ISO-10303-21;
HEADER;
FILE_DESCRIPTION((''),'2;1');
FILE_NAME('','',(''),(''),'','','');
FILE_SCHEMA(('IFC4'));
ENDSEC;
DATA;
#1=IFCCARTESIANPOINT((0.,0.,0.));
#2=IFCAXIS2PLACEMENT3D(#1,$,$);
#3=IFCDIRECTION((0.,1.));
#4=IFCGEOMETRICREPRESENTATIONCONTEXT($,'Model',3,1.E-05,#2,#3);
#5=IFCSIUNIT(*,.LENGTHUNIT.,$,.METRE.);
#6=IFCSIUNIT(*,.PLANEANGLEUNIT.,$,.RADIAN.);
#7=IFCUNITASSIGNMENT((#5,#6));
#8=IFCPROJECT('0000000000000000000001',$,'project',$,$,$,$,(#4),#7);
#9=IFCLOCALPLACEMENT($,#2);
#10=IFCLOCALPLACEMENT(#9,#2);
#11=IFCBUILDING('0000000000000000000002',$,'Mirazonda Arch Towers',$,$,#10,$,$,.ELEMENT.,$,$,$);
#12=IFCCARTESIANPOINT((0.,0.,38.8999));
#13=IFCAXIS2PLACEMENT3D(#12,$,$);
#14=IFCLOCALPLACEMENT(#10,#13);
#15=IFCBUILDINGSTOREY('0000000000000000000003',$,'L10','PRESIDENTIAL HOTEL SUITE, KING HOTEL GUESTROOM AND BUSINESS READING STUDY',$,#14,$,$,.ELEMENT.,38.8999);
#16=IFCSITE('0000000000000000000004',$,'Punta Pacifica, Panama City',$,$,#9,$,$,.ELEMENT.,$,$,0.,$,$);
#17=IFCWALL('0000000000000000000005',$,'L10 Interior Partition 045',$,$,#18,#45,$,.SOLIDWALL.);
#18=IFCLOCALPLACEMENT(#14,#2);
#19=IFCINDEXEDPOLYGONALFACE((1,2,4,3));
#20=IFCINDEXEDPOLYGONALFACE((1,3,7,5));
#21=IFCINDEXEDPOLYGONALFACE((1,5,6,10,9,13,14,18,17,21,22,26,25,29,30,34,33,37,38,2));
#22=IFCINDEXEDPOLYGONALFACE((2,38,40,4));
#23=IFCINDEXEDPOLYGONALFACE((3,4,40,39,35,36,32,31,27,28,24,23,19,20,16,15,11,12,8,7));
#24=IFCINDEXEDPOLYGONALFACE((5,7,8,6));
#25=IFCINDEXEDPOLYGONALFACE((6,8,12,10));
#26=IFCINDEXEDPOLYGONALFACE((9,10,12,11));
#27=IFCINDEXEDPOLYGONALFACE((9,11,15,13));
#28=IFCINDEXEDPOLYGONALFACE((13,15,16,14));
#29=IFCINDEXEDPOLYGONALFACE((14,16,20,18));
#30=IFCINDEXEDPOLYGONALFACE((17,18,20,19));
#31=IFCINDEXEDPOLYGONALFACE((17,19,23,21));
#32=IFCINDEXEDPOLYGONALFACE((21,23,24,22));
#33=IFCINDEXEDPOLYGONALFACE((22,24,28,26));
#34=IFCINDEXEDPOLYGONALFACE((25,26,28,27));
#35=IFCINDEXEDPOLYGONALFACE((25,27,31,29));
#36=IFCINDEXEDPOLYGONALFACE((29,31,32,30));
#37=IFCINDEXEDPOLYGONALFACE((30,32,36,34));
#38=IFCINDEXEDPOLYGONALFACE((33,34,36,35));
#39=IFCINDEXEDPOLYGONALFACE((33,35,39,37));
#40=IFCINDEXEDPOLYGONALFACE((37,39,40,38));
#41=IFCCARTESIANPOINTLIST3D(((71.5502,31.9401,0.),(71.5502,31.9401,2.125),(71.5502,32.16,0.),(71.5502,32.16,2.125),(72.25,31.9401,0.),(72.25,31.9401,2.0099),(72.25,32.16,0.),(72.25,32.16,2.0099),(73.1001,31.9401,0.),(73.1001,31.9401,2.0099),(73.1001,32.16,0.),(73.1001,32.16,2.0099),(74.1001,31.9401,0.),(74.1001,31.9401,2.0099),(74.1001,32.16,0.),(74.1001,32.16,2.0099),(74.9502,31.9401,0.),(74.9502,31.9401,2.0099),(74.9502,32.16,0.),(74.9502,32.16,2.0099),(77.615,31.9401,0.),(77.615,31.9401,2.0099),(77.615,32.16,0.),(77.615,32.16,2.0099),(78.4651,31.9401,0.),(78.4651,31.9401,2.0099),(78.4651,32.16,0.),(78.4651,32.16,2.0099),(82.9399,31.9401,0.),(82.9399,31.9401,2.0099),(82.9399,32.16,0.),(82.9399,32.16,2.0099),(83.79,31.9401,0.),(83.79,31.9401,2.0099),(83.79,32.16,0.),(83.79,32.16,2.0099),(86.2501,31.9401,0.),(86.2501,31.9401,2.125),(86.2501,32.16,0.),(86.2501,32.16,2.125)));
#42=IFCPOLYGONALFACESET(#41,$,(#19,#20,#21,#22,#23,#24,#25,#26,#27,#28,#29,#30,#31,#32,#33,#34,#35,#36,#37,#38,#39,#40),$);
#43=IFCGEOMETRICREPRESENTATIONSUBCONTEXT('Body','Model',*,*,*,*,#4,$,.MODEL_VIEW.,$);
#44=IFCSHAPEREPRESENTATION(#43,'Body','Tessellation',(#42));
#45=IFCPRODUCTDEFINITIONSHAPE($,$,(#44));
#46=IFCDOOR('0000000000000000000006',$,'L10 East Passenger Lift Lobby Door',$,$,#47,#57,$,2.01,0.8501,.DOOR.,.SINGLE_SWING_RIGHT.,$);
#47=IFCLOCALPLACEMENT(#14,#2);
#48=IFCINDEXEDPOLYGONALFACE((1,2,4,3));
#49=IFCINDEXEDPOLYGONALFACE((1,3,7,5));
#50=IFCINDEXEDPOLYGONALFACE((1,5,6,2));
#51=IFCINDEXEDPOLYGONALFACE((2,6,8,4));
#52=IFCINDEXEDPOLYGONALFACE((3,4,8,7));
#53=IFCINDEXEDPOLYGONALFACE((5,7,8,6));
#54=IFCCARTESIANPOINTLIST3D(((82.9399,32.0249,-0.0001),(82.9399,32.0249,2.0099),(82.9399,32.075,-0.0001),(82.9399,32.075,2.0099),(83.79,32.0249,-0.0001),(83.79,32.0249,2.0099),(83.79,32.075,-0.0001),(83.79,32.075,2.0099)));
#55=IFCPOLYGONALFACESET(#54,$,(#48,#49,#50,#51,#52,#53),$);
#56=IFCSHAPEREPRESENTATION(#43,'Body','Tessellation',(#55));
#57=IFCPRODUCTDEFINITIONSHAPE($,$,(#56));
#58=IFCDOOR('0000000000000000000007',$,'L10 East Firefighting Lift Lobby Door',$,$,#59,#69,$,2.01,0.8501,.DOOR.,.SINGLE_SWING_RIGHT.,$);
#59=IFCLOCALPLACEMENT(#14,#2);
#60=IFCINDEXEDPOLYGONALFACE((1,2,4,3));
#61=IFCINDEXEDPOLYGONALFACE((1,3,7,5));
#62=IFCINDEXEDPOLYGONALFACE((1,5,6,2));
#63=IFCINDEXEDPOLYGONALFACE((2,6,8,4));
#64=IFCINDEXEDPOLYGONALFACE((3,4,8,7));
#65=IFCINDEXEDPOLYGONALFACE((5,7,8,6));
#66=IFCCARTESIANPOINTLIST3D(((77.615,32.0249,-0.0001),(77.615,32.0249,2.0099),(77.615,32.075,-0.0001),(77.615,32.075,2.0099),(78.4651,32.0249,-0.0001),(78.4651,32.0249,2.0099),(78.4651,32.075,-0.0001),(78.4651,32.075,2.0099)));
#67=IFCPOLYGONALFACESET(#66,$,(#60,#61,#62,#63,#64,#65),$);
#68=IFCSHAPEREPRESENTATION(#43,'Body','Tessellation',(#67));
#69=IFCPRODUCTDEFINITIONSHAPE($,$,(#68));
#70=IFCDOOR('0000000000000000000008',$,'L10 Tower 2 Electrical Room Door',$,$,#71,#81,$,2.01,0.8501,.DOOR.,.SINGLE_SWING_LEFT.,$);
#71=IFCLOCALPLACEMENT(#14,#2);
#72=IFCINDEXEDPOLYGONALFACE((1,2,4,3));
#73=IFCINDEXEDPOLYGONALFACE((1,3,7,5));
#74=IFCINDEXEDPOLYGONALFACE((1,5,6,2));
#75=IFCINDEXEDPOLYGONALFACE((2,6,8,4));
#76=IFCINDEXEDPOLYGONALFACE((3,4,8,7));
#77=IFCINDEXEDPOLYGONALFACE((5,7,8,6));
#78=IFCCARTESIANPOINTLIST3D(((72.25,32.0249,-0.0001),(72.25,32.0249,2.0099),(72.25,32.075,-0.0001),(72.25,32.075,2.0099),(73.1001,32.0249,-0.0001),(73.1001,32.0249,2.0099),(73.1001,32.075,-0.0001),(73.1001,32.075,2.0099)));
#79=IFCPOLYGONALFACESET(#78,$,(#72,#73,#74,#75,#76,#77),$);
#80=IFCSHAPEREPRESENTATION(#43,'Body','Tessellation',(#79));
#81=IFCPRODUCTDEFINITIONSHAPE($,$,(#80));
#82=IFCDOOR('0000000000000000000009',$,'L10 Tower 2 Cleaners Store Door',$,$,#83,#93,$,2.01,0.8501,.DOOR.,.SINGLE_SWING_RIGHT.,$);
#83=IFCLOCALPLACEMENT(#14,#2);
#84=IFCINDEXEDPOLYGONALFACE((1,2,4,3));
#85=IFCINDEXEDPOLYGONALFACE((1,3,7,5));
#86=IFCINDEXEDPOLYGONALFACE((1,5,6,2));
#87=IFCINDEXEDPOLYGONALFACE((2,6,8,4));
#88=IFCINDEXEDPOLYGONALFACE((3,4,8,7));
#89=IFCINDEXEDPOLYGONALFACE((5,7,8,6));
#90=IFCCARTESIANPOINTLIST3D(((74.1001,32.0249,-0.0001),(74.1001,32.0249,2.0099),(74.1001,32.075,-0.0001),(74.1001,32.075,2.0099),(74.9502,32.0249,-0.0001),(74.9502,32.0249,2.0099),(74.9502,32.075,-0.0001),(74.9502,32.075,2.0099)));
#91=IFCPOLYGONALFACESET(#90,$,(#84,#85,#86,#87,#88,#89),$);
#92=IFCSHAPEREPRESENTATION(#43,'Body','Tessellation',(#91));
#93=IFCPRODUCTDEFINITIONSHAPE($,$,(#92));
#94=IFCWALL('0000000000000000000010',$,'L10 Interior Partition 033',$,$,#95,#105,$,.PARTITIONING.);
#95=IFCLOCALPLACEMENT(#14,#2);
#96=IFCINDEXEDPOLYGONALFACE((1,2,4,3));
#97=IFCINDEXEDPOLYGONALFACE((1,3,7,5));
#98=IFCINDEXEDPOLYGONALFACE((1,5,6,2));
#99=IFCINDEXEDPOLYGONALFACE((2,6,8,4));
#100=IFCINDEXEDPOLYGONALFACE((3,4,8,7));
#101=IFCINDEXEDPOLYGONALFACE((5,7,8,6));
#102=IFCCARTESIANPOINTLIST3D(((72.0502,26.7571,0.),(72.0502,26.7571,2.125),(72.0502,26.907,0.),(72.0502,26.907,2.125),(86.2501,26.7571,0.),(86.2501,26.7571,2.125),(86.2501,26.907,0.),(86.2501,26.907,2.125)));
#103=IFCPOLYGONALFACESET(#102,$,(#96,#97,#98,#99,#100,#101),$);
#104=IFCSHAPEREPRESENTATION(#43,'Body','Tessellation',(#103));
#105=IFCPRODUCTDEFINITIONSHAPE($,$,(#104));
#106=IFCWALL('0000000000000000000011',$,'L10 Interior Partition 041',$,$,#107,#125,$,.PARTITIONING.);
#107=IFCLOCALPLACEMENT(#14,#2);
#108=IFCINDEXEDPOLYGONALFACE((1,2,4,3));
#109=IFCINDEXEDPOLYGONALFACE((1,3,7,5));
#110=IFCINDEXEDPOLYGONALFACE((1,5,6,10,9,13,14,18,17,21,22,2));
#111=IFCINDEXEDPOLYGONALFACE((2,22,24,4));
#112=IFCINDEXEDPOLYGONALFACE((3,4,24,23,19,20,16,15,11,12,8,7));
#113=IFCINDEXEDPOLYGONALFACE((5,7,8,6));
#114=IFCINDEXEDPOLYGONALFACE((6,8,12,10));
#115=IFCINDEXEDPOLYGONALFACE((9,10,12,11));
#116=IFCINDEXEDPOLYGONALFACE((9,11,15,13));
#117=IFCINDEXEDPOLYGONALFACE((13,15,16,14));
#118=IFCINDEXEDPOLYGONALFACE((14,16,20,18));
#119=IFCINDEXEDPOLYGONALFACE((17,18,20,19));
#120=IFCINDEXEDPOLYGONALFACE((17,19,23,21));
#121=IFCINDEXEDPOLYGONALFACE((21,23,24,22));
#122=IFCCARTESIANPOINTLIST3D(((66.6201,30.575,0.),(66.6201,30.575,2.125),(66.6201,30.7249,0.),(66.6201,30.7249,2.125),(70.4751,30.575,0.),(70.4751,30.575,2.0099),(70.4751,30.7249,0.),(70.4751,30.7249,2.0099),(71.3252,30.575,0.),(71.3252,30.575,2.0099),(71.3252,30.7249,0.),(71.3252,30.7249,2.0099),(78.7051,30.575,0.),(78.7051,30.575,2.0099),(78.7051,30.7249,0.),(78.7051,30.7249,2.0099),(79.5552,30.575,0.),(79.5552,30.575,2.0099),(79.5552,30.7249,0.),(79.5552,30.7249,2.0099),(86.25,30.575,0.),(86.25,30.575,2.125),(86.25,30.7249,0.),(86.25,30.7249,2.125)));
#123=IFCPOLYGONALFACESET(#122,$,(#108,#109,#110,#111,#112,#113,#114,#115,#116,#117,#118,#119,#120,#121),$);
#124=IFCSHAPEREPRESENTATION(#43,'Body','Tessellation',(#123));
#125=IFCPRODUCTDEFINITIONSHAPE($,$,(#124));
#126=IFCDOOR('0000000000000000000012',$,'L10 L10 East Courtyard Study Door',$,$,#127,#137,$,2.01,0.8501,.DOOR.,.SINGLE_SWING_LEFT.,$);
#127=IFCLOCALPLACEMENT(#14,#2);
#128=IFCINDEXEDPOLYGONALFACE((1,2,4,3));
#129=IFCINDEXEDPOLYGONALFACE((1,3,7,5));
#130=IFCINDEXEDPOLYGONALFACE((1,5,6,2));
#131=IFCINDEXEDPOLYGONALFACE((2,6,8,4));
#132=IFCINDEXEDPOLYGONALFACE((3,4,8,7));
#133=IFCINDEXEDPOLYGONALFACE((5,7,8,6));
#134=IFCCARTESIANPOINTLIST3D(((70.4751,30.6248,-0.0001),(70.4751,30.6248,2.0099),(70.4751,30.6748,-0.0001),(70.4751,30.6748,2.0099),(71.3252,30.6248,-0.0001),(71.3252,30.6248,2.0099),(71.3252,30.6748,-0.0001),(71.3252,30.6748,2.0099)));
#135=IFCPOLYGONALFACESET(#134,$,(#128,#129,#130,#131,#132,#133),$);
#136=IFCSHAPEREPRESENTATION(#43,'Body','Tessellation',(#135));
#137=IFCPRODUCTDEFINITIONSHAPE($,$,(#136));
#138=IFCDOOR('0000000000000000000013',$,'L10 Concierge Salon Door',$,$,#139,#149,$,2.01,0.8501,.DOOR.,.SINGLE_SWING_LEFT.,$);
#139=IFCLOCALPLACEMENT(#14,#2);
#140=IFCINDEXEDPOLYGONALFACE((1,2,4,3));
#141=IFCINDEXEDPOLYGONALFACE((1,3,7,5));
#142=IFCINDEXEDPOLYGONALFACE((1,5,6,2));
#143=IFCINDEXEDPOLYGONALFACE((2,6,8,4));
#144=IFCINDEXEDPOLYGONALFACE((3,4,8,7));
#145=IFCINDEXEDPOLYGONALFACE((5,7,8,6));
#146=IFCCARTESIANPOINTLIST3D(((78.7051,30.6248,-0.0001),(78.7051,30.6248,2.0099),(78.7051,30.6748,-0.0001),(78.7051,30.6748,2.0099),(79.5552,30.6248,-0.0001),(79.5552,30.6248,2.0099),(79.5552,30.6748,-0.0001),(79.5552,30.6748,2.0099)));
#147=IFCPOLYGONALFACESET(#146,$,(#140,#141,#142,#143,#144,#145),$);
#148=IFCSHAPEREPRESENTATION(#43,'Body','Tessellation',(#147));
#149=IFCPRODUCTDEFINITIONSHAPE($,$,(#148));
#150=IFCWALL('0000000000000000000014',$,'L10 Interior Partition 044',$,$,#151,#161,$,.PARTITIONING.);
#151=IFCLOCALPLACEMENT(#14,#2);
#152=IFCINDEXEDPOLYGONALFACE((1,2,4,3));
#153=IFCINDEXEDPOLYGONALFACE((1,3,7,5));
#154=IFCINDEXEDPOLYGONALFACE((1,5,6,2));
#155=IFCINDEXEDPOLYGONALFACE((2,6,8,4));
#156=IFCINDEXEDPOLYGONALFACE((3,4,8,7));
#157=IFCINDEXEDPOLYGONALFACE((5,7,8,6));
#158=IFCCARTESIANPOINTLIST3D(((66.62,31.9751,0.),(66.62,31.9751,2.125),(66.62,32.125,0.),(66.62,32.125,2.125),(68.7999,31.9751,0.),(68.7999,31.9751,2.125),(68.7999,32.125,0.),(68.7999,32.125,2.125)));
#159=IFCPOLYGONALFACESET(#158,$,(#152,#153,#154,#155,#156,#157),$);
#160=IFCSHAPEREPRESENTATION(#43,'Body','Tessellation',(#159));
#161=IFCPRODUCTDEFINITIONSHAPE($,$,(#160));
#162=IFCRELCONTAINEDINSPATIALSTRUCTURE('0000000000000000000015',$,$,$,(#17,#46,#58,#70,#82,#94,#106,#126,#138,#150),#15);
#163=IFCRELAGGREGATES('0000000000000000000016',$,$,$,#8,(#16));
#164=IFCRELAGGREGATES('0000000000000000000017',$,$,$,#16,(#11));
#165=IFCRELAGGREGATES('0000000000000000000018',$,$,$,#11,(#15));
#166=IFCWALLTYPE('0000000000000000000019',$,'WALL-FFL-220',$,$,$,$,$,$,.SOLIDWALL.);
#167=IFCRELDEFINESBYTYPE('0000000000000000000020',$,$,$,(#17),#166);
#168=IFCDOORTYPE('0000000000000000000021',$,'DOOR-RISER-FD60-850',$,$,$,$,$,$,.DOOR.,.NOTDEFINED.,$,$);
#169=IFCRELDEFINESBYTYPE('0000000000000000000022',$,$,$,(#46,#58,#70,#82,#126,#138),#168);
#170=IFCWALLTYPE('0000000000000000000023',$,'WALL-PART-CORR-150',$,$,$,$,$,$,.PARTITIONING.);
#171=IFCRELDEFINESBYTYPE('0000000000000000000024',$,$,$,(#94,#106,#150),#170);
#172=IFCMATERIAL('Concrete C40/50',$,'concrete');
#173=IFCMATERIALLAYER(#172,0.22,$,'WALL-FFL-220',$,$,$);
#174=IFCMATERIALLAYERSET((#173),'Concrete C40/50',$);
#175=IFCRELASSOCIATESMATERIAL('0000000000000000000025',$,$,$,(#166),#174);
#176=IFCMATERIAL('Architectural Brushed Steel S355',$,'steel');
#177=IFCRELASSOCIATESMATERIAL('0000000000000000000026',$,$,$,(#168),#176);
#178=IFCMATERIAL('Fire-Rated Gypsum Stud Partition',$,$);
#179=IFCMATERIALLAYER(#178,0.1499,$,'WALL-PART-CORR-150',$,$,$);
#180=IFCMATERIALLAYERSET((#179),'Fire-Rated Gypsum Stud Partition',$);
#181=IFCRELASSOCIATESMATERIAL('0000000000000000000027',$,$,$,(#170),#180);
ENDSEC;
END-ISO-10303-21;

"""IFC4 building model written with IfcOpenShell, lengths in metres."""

from ifc_helpers import new_model, si_unit, direction, frame, frame_2d, origin, place, context, subcontext, project, spatial, rectangle, extrude, material, layer, layer_set, type_object, element, fill, save


model = new_model("IFC4")

# Units and contexts
model_context = context("Model", 3, precision=1e-05, world=origin(), true_north=direction((0.0, 1.0)))
body_context = subcontext(model_context, "Body", "Model", "MODEL_VIEW")
ifc_project = project(units=[si_unit("LENGTHUNIT", "METRE"), si_unit("PLANEANGLEUNIT", "RADIAN")], contexts=[model_context])

# Site, building, storey
site_placement = place(None, origin())
site = spatial("IfcSite", under=ifc_project, at=site_placement, Name="Punta Pacifica, Panama City", CompositionType="ELEMENT", RefElevation=0.0)
building_placement = place(site_placement, origin())
building = spatial("IfcBuilding", under=site, at=building_placement, Name="Mirazonda Arch Towers", CompositionType="ELEMENT")
storey_placement = place(building_placement, frame((0.0, 0.0, 38.8999)))
storey = spatial("IfcBuildingStorey", under=building, at=storey_placement, Name="L10", Description="PRESIDENTIAL HOTEL SUITE, KING HOTEL GUESTROOM AND BUSINESS READING STUDY", CompositionType="ELEMENT", Elevation=38.8999)

# Wall, openings, doors
ifc_material_1 = material(Name="Architectural Brushed Steel S355", Category="steel")
ifc_material_2 = material(Name="Concrete C40/50", Category="concrete")
ifc_layer_1 = layer(ifc_material_2, 0.22, Name="WALL-FFL-220")
ifc_layer_set_1 = layer_set([ifc_layer_1], Name="Concrete C40/50")
wall_type_1 = type_object("IfcWallType", Name="WALL-FFL-220", PredefinedType="SOLIDWALL", material=ifc_layer_set_1)
wall_1_placement = place(storey_placement, frame((71.55, 32.05, 0.0), z_axis=(0.0, 0.0, 1.0), x_axis=(1.0, 0.0, 0.0)))
wall_1 = element("IfcWall", 1, at=wall_1_placement, inside=storey, type_object=wall_type_1, Name="L10 Interior Partition 045", PredefinedType="SOLIDWALL", context=body_context, shape_type="SweptSolid", body=[
    extrude(rectangle(XDim=14.7, YDim=0.22, at=frame_2d((7.3501, 0.0))), origin(), (0.0, 0.0, 1.0), 2.125),
])
opening_1_placement = place(wall_1_placement, frame((11.3899, 0.0, 0.0)))
opening_1 = element("IfcOpeningElement", 2, at=opening_1_placement, cuts=wall_1, PredefinedType="OPENING", context=body_context, shape_type="SweptSolid", body=[
    extrude(rectangle(XDim=0.8501, YDim=2.01, at=frame_2d((0.425, 1.0049))), frame((0.0, 0.1199, 0.0), z_axis=(0.0, -1.0, 0.0), x_axis=(1.0, 0.0, 0.0)), (0.0, 0.0, 1.0), 0.24),
])
opening_2_placement = place(wall_1_placement, frame((6.0649, 0.0, 0.0)))
opening_2 = element("IfcOpeningElement", 3, at=opening_2_placement, cuts=wall_1, PredefinedType="OPENING", context=body_context, shape_type="SweptSolid", body=[
    extrude(rectangle(XDim=0.8501, YDim=2.01, at=frame_2d((0.425, 1.0049))), frame((0.0, 0.1199, 0.0), z_axis=(0.0, -1.0, 0.0), x_axis=(1.0, 0.0, 0.0)), (0.0, 0.0, 1.0), 0.24),
])
opening_3_placement = place(wall_1_placement, frame((0.7, 0.0, 0.0)))
opening_3 = element("IfcOpeningElement", 4, at=opening_3_placement, cuts=wall_1, PredefinedType="OPENING", context=body_context, shape_type="SweptSolid", body=[
    extrude(rectangle(XDim=0.8501, YDim=2.01, at=frame_2d((0.425, 1.0049))), frame((0.0, 0.1199, 0.0), z_axis=(0.0, -1.0, 0.0), x_axis=(1.0, 0.0, 0.0)), (0.0, 0.0, 1.0), 0.24),
])
opening_4_placement = place(wall_1_placement, frame((2.55, 0.0, 0.0)))
opening_4 = element("IfcOpeningElement", 5, at=opening_4_placement, cuts=wall_1, PredefinedType="OPENING", context=body_context, shape_type="SweptSolid", body=[
    extrude(rectangle(XDim=0.8501, YDim=2.01, at=frame_2d((0.425, 1.0049))), frame((0.0, 0.1199, 0.0), z_axis=(0.0, -1.0, 0.0), x_axis=(1.0, 0.0, 0.0)), (0.0, 0.0, 1.0), 0.24),
])
door_type_1 = type_object("IfcDoorType", Name="DOOR-RISER-FD60-850", OperationType="NOTDEFINED", PredefinedType="DOOR", material=ifc_material_1)
door_1_placement = place(opening_1_placement, origin())
door_1 = element("IfcDoor", 6, at=door_1_placement, inside=storey, type_object=door_type_1, Name="L10 East Passenger Lift Lobby Door", OperationType="SINGLE_SWING_RIGHT", OverallHeight=2.01, OverallWidth=0.8501, PredefinedType="DOOR", context=body_context, shape_type="SweptSolid", body=[
    extrude(rectangle(XDim=0.8501, YDim=2.01, at=frame_2d((0.425, 1.0049))), frame((0.0, 0.0249, 0.0), z_axis=(0.0, -1.0, 0.0), x_axis=(1.0, 0.0, 0.0)), (0.0, 0.0, 1.0), 0.05),
])
fill(opening_1, door_1)
door_2_placement = place(opening_2_placement, origin())
door_2 = element("IfcDoor", 7, at=door_2_placement, inside=storey, type_object=door_type_1, Name="L10 East Firefighting Lift Lobby Door", OperationType="SINGLE_SWING_RIGHT", OverallHeight=2.01, OverallWidth=0.8501, PredefinedType="DOOR", context=body_context, shape_type="SweptSolid", body=[
    extrude(rectangle(XDim=0.8501, YDim=2.01, at=frame_2d((0.425, 1.0049))), frame((0.0, 0.0249, 0.0), z_axis=(0.0, -1.0, 0.0), x_axis=(1.0, 0.0, 0.0)), (0.0, 0.0, 1.0), 0.05),
])
fill(opening_2, door_2)
door_3_placement = place(opening_3_placement, origin())
door_3 = element("IfcDoor", 8, at=door_3_placement, inside=storey, type_object=door_type_1, Name="L10 Tower 2 Electrical Room Door", OperationType="SINGLE_SWING_LEFT", OverallHeight=2.01, OverallWidth=0.8501, PredefinedType="DOOR", context=body_context, shape_type="SweptSolid", body=[
    extrude(rectangle(XDim=0.8501, YDim=2.01, at=frame_2d((0.425, 1.0049))), frame((0.0, 0.0249, 0.0), z_axis=(0.0, -1.0, 0.0), x_axis=(1.0, 0.0, 0.0)), (0.0, 0.0, 1.0), 0.05),
])
fill(opening_3, door_3)
door_4_placement = place(opening_4_placement, origin())
door_4 = element("IfcDoor", 9, at=door_4_placement, inside=storey, type_object=door_type_1, Name="L10 Tower 2 Cleaners Store Door", OperationType="SINGLE_SWING_RIGHT", OverallHeight=2.01, OverallWidth=0.8501, PredefinedType="DOOR", context=body_context, shape_type="SweptSolid", body=[
    extrude(rectangle(XDim=0.8501, YDim=2.01, at=frame_2d((0.425, 1.0049))), frame((0.0, 0.0249, 0.0), z_axis=(0.0, -1.0, 0.0), x_axis=(1.0, 0.0, 0.0)), (0.0, 0.0, 1.0), 0.05),
])
fill(opening_4, door_4)

# Wall
ifc_material_3 = material(Name="Fire-Rated Gypsum Stud Partition")
ifc_layer_2 = layer(ifc_material_3, 0.1499, Name="WALL-PART-CORR-150")
ifc_layer_set_2 = layer_set([ifc_layer_2], Name="Fire-Rated Gypsum Stud Partition")
wall_type_2 = type_object("IfcWallType", Name="WALL-PART-CORR-150", PredefinedType="PARTITIONING", material=ifc_layer_set_2)
wall_2_placement = place(storey_placement, frame((72.05, 26.832, 0.0), z_axis=(0.0, 0.0, 1.0), x_axis=(1.0, 0.0, 0.0)))
element("IfcWall", 10, at=wall_2_placement, inside=storey, type_object=wall_type_2, Name="L10 Interior Partition 033", PredefinedType="PARTITIONING", context=body_context, shape_type="SweptSolid", body=[
    extrude(rectangle(XDim=14.2, YDim=0.1499, at=frame_2d((7.1001, 0.0))), origin(), (0.0, 0.0, 1.0), 2.125),
])

# Wall, openings, doors
wall_3_placement = place(storey_placement, frame((66.6201, 30.6499, 0.0), z_axis=(0.0, 0.0, 1.0), x_axis=(1.0, 0.0, 0.0)))
wall_3 = element("IfcWall", 11, at=wall_3_placement, inside=storey, type_object=wall_type_2, Name="L10 Interior Partition 041", PredefinedType="PARTITIONING", context=body_context, shape_type="SweptSolid", body=[
    extrude(rectangle(XDim=19.6299, YDim=0.1499, at=frame_2d((9.8149, 0.0))), origin(), (0.0, 0.0, 1.0), 2.125),
])
opening_5_placement = place(wall_3_placement, frame((3.855, 0.0, 0.0)))
opening_5 = element("IfcOpeningElement", 12, at=opening_5_placement, cuts=wall_3, PredefinedType="OPENING", context=body_context, shape_type="SweptSolid", body=[
    extrude(rectangle(XDim=0.8501, YDim=2.01, at=frame_2d((0.425, 1.0049))), frame((0.0, 0.085, 0.0), z_axis=(0.0, -1.0, 0.0), x_axis=(1.0, 0.0, 0.0)), (0.0, 0.0, 1.0), 0.1699),
])
opening_6_placement = place(wall_3_placement, frame((12.085, 0.0, 0.0)))
opening_6 = element("IfcOpeningElement", 13, at=opening_6_placement, cuts=wall_3, PredefinedType="OPENING", context=body_context, shape_type="SweptSolid", body=[
    extrude(rectangle(XDim=0.8501, YDim=2.01, at=frame_2d((0.425, 1.0049))), frame((0.0, 0.085, 0.0), z_axis=(0.0, -1.0, 0.0), x_axis=(1.0, 0.0, 0.0)), (0.0, 0.0, 1.0), 0.1699),
])
door_5_placement = place(opening_5_placement, origin())
door_5 = element("IfcDoor", 14, at=door_5_placement, inside=storey, type_object=door_type_1, Name="L10 L10 East Courtyard Study Door", OperationType="SINGLE_SWING_LEFT", OverallHeight=2.01, OverallWidth=0.8501, PredefinedType="DOOR", context=body_context, shape_type="SweptSolid", body=[
    extrude(rectangle(XDim=0.8501, YDim=2.01, at=frame_2d((0.425, 1.0049))), frame((0.0, 0.0249, 0.0), z_axis=(0.0, -1.0, 0.0), x_axis=(1.0, 0.0, 0.0)), (0.0, 0.0, 1.0), 0.05),
])
fill(opening_5, door_5)
door_6_placement = place(opening_6_placement, origin())
door_6 = element("IfcDoor", 15, at=door_6_placement, inside=storey, type_object=door_type_1, Name="L10 Concierge Salon Door", OperationType="SINGLE_SWING_LEFT", OverallHeight=2.01, OverallWidth=0.8501, PredefinedType="DOOR", context=body_context, shape_type="SweptSolid", body=[
    extrude(rectangle(XDim=0.8501, YDim=2.01, at=frame_2d((0.425, 1.0049))), frame((0.0, 0.0249, 0.0), z_axis=(0.0, -1.0, 0.0), x_axis=(1.0, 0.0, 0.0)), (0.0, 0.0, 1.0), 0.05),
])
fill(opening_6, door_6)

# Wall
wall_4_placement = place(storey_placement, frame((66.6201, 32.05, 0.0), z_axis=(0.0, 0.0, 1.0), x_axis=(1.0, 0.0, 0.0)))
element("IfcWall", 16, at=wall_4_placement, inside=storey, type_object=wall_type_2, Name="L10 Interior Partition 044", PredefinedType="PARTITIONING", context=body_context, shape_type="SweptSolid", body=[
    extrude(rectangle(XDim=2.1799, YDim=0.1499, at=frame_2d((1.0898, 0.0))), origin(), (0.0, 0.0, 1.0), 2.125),
])

save(model, "model.ifc")
